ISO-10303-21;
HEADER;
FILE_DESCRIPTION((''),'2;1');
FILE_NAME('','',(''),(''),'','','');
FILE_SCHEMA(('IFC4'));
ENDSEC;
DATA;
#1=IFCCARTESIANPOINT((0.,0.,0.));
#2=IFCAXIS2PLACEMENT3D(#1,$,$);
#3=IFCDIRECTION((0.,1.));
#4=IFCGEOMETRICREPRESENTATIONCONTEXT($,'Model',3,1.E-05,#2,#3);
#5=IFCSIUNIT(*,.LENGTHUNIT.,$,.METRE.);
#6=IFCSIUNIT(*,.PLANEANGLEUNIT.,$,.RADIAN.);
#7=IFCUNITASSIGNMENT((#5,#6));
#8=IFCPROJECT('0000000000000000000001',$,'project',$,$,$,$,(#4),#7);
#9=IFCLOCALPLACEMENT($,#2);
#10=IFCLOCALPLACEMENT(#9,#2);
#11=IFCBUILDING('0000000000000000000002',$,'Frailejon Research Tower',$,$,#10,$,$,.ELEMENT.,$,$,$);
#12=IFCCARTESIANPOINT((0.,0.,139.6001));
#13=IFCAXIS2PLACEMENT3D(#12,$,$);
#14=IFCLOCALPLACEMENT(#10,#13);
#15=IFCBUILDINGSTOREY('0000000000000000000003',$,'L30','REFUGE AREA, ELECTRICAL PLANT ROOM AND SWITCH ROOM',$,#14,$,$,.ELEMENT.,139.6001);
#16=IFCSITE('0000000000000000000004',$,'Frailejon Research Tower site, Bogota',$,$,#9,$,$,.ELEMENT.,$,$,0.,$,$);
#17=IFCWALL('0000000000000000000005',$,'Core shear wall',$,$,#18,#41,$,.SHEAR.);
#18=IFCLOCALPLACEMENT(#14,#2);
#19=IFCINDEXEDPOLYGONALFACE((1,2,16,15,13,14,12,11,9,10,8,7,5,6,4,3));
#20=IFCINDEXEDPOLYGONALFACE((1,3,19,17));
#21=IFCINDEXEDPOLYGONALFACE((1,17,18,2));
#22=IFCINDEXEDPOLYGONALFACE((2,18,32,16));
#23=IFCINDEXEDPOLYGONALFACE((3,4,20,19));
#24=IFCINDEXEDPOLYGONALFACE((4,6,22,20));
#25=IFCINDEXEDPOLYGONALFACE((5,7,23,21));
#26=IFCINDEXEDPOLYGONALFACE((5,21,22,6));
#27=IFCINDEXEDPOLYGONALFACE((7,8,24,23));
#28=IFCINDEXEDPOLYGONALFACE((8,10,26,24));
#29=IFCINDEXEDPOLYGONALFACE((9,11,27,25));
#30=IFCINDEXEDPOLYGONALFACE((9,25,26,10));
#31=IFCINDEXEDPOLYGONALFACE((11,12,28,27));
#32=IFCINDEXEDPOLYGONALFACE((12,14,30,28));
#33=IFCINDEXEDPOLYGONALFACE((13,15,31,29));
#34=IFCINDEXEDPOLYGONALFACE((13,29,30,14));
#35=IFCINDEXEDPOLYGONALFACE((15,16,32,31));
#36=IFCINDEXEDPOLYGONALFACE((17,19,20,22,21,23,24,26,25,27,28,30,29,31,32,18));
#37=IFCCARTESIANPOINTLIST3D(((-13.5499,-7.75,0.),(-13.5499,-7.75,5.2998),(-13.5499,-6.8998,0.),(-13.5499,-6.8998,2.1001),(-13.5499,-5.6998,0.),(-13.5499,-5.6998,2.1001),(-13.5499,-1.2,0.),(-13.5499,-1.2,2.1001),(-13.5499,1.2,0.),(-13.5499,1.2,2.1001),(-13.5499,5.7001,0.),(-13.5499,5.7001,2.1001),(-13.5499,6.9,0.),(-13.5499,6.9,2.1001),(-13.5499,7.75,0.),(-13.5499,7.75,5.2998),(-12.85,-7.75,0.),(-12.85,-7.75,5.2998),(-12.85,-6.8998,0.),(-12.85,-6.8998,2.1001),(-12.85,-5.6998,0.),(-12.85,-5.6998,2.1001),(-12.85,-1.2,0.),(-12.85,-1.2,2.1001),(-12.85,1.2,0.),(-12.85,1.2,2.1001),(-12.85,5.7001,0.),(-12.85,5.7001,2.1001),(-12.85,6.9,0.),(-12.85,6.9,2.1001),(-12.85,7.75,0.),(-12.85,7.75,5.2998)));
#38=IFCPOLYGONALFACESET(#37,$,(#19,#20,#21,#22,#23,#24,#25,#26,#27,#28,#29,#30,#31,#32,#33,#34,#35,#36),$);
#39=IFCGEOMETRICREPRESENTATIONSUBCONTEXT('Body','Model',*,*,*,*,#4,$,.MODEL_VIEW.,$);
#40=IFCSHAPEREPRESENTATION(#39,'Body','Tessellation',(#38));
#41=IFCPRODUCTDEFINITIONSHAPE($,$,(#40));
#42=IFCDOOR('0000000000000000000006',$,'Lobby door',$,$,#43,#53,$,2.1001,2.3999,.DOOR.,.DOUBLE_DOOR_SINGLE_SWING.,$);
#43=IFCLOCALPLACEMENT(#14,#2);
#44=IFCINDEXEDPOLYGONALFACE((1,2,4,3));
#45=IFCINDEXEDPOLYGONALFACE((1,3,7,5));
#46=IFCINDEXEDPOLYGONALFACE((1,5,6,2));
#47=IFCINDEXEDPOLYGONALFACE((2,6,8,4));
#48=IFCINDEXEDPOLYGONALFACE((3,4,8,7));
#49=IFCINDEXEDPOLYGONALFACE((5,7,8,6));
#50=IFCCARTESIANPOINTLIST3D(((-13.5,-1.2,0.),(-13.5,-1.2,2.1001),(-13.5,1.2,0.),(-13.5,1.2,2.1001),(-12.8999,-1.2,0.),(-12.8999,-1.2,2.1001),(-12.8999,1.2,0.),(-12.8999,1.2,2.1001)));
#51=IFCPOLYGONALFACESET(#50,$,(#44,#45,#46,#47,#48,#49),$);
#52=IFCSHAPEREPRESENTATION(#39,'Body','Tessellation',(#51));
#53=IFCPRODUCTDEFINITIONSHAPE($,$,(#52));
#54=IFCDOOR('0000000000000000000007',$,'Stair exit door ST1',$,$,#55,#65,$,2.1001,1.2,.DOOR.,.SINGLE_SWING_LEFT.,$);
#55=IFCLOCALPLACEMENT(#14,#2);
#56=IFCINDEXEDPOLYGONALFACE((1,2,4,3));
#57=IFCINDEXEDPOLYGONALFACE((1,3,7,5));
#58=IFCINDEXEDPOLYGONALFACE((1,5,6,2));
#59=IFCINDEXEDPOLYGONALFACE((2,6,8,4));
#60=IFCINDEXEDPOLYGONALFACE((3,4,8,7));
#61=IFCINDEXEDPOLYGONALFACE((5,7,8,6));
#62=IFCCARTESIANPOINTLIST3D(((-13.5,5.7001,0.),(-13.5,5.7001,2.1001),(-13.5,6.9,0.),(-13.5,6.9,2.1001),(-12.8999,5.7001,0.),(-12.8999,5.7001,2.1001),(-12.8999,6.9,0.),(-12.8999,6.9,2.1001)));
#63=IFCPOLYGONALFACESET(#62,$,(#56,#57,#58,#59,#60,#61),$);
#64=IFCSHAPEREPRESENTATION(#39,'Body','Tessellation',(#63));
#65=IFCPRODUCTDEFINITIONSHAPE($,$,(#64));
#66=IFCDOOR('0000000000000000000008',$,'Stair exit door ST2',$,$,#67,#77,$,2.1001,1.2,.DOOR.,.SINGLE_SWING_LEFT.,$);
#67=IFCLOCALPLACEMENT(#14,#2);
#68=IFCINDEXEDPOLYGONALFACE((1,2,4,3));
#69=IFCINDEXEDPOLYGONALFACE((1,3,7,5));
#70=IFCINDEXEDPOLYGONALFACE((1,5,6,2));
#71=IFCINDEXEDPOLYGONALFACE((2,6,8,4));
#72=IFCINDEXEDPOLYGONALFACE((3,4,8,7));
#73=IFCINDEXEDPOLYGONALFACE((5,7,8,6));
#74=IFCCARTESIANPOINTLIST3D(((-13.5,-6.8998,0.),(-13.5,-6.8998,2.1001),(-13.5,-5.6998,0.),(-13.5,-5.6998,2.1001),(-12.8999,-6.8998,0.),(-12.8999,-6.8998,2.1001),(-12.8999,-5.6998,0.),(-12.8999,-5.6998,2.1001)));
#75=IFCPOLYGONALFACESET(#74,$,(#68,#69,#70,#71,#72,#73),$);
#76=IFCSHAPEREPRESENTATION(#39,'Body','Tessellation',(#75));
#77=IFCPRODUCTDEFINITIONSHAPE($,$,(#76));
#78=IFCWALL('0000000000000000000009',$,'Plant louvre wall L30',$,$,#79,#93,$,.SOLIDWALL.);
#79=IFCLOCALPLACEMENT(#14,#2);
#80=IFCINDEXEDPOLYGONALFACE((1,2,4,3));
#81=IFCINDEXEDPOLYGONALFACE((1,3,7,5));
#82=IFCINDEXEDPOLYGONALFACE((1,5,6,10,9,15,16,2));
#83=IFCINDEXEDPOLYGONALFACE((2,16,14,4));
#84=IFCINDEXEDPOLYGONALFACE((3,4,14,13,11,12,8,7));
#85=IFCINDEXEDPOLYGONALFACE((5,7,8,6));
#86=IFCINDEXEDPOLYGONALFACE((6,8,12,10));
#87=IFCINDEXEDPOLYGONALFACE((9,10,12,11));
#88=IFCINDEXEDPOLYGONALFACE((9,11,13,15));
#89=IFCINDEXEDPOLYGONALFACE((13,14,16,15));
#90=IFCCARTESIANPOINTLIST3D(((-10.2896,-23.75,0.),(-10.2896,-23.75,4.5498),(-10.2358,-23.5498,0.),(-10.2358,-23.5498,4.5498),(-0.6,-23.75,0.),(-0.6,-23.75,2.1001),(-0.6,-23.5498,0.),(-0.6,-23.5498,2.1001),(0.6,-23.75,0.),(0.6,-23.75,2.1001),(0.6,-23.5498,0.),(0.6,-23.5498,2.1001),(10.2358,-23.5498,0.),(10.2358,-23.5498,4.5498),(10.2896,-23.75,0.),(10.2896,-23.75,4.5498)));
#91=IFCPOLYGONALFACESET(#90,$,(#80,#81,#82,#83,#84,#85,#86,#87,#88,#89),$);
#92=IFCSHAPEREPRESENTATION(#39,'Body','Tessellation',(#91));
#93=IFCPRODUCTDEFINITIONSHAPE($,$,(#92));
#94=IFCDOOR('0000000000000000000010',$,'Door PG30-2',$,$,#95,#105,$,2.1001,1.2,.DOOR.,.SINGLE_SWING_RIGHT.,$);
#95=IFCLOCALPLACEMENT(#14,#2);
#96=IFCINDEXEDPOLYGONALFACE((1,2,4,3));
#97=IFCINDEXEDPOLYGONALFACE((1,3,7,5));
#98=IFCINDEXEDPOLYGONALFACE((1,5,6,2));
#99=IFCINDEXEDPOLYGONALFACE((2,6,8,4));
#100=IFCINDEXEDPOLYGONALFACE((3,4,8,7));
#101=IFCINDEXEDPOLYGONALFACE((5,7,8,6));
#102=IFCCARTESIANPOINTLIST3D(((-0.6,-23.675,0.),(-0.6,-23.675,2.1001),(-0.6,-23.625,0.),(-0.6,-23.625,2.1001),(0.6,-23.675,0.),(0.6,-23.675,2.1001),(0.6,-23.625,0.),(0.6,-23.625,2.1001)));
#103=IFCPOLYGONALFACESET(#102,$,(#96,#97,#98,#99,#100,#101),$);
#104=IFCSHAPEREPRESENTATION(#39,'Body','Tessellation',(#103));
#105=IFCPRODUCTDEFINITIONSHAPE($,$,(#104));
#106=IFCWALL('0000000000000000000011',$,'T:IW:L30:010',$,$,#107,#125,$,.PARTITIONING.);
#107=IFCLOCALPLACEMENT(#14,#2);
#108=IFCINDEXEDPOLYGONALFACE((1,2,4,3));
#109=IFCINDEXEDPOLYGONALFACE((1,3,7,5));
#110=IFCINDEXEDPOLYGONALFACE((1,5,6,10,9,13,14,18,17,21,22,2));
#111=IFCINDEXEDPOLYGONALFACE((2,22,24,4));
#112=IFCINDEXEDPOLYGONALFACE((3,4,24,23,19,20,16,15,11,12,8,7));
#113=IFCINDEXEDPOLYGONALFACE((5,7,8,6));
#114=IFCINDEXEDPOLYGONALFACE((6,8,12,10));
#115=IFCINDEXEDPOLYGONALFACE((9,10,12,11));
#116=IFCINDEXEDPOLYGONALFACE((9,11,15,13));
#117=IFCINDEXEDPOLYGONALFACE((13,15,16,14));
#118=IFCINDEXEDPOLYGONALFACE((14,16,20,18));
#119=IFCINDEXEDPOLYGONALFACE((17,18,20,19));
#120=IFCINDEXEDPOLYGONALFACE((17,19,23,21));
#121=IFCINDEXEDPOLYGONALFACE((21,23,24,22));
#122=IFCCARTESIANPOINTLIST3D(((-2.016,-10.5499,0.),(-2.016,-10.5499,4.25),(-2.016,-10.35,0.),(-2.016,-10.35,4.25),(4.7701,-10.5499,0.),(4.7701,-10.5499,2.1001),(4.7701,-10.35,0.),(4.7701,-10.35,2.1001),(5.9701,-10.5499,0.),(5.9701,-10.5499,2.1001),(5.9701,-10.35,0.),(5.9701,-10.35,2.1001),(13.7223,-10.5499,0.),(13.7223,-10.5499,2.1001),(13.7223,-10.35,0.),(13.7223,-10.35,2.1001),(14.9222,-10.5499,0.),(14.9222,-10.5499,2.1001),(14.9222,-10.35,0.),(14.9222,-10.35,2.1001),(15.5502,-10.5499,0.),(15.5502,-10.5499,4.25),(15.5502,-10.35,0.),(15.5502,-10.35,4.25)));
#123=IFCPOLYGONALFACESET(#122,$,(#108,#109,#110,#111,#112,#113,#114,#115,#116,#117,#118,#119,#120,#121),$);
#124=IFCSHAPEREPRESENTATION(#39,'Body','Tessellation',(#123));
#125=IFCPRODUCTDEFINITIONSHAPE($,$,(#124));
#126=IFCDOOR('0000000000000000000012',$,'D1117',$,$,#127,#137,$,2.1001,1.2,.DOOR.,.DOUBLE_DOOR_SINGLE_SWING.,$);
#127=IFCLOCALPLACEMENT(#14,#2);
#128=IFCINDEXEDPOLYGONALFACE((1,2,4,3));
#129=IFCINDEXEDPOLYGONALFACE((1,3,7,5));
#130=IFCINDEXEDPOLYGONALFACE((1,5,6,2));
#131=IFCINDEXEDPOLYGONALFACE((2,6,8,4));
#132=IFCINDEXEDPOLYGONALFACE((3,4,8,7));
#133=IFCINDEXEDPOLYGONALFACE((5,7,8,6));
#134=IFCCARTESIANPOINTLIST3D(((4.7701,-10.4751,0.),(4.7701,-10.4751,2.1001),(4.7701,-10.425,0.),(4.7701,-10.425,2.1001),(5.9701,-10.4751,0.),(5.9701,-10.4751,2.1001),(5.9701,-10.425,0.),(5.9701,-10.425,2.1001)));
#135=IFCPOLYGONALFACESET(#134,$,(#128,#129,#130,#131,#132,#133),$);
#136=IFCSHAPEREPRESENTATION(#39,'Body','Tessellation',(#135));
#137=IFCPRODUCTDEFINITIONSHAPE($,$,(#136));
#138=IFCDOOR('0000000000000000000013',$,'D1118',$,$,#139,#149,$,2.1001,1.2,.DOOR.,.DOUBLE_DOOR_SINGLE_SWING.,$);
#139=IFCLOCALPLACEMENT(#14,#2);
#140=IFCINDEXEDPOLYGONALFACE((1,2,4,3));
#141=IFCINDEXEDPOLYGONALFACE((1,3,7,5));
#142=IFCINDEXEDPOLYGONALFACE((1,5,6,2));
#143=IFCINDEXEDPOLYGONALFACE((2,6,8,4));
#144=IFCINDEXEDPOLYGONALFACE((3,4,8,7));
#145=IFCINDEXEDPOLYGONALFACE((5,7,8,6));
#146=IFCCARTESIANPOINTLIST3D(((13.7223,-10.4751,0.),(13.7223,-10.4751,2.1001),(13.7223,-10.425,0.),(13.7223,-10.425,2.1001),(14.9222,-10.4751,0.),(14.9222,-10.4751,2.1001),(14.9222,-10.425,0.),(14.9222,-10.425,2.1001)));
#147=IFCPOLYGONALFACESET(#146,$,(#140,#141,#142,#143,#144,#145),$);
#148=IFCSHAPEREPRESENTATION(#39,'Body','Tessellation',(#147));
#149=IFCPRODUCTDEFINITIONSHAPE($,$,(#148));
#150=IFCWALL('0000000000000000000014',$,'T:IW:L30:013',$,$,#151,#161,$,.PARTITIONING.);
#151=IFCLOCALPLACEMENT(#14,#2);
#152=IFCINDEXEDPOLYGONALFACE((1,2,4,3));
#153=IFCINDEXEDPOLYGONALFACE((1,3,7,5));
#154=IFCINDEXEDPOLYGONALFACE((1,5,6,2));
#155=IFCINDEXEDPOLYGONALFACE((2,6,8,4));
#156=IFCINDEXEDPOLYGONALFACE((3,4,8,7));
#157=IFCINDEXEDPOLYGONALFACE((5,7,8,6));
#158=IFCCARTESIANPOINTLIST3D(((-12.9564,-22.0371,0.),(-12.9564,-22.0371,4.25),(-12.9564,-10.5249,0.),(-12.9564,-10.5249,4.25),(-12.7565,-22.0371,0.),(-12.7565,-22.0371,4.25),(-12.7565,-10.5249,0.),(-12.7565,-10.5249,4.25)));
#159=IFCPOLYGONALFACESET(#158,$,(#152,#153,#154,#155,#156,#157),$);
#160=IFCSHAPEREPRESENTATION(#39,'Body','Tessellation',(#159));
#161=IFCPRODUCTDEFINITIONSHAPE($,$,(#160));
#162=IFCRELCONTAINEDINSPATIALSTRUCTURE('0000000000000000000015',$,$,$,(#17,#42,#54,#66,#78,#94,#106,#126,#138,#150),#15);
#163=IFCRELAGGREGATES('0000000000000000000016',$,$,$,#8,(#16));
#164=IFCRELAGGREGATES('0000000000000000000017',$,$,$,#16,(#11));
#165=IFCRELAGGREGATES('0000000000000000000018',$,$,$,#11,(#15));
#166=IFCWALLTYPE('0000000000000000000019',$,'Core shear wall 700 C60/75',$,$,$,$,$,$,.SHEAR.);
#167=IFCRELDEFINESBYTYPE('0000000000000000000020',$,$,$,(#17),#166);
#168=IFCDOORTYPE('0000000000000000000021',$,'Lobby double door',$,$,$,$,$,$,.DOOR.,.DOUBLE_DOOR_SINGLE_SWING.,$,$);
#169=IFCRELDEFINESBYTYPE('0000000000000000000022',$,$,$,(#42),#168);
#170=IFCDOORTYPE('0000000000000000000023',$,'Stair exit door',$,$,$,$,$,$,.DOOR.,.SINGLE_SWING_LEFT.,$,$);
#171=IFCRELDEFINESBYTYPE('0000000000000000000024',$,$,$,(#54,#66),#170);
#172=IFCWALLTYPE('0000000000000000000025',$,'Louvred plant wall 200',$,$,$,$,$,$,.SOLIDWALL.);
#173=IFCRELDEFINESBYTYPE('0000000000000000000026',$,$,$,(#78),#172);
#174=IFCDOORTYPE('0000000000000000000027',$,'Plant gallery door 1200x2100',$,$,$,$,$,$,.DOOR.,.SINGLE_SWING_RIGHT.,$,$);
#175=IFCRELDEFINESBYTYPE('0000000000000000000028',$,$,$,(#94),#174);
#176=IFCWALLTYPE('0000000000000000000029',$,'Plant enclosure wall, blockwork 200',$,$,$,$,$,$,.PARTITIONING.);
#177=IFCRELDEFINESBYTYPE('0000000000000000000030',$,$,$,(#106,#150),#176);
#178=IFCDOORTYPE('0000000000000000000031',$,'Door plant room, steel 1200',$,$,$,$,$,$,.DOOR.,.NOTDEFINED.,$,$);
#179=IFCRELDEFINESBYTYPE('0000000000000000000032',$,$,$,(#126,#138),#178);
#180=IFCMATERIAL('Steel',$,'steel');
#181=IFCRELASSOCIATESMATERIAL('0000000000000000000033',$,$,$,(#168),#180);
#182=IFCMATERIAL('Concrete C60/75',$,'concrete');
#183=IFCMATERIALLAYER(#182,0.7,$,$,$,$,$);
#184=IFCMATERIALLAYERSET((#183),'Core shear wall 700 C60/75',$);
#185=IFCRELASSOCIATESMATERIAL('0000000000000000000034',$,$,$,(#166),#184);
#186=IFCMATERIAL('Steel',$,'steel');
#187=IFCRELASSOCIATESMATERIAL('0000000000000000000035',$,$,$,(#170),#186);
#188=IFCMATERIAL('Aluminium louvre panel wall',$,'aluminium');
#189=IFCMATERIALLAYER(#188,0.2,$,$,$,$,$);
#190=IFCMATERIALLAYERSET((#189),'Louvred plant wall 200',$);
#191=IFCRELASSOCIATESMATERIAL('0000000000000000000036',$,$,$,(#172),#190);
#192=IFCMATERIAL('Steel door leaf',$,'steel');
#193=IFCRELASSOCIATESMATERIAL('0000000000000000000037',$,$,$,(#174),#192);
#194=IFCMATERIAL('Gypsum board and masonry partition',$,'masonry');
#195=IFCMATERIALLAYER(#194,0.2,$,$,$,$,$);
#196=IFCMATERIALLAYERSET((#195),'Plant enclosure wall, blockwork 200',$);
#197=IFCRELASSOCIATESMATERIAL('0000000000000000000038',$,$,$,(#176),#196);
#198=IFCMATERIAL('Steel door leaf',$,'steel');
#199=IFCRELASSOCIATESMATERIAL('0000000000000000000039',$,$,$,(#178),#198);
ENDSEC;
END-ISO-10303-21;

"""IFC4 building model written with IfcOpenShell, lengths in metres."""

from ifc_helpers import new_model, si_unit, direction, frame, frame_2d, origin, place, context, subcontext, project, spatial, polyline, rectangle, outline, extrude, material, layer, layer_set, type_object, element, fill, save


model = new_model("IFC4")

# Units and contexts
model_context = context("Model", 3, precision=1e-05, world=origin(), true_north=direction((0.0, 1.0)))
body_context = subcontext(model_context, "Body", "Model", "MODEL_VIEW")
ifc_project = project(units=[si_unit("LENGTHUNIT", "METRE"), si_unit("PLANEANGLEUNIT", "RADIAN")], contexts=[model_context])

# Site, building, storey
site_placement = place(None, origin())
site = spatial("IfcSite", under=ifc_project, at=site_placement, Name="Frailejon Research Tower site, Bogota", CompositionType="ELEMENT", RefElevation=0.0)
building_placement = place(site_placement, origin())
building = spatial("IfcBuilding", under=site, at=building_placement, Name="Frailejon Research Tower", CompositionType="ELEMENT")
storey_placement = place(building_placement, frame((0.0, 0.0, 139.6001)))
storey = spatial("IfcBuildingStorey", under=building, at=storey_placement, Name="L30", Description="REFUGE AREA, ELECTRICAL PLANT ROOM AND SWITCH ROOM", CompositionType="ELEMENT", Elevation=139.6001)

# Shared definitions
ifc_material_1 = material(Name="Steel", Category="steel")
door_type_1 = type_object("IfcDoorType", Name="Lobby double door", OperationType="DOUBLE_DOOR_SINGLE_SWING", PredefinedType="DOOR", material=ifc_material_1)

# Shared definitions
ifc_material_2 = material(Name="Concrete C60/75", Category="concrete")
ifc_layer_1 = layer(ifc_material_2, 0.7)
ifc_layer_set_1 = layer_set([ifc_layer_1], Name="Core shear wall 700 C60/75")
wall_type_1 = type_object("IfcWallType", Name="Core shear wall 700 C60/75", PredefinedType="SHEAR", material=ifc_layer_set_1)

# Wall, openings, doors
wall_1_placement = place(storey_placement, frame((-13.2, -7.75, 0.0), z_axis=(0.0, 0.0, 1.0), x_axis=(0.0, 1.0, 0.0)))
wall_1 = element("IfcWall", 1, at=wall_1_placement, inside=storey, type_object=wall_type_1, Name="Core shear wall", PredefinedType="SHEAR", context=body_context, shape_type="SweptSolid", body=[
    extrude(rectangle(XDim=15.5, YDim=0.7, at=frame_2d((7.75, 0.0))), origin(), (0.0, 0.0, 1.0), 5.2998),
])
opening_1_placement = place(wall_1_placement, frame((6.55, 0.0, 0.0)))
opening_1 = element("IfcOpeningElement", 2, at=opening_1_placement, cuts=wall_1, PredefinedType="OPENING", context=body_context, shape_type="SweptSolid", body=[
    extrude(rectangle(XDim=2.3999, YDim=2.1001, at=frame_2d((1.2, 1.05))), frame((0.0, 0.3599, 0.0), z_axis=(0.0, -1.0, 0.0), x_axis=(1.0, 0.0, 0.0)), (0.0, 0.0, 1.0), 0.72),
])
opening_2_placement = place(wall_1_placement, frame((13.45, 0.0, 0.0)))
opening_2 = element("IfcOpeningElement", 3, at=opening_2_placement, cuts=wall_1, PredefinedType="OPENING", context=body_context, shape_type="SweptSolid", body=[
    extrude(rectangle(XDim=1.2, YDim=2.1001, at=frame_2d((0.6001, 1.05))), frame((0.0, 0.3599, 0.0), z_axis=(0.0, -1.0, 0.0), x_axis=(1.0, 0.0, 0.0)), (0.0, 0.0, 1.0), 0.72),
])
opening_3_placement = place(wall_1_placement, frame((0.8501, 0.0, 0.0)))
opening_3 = element("IfcOpeningElement", 4, at=opening_3_placement, cuts=wall_1, PredefinedType="OPENING", context=body_context, shape_type="SweptSolid", body=[
    extrude(rectangle(XDim=1.2, YDim=2.1001, at=frame_2d((0.6001, 1.05))), frame((0.0, 0.3599, 0.0), z_axis=(0.0, -1.0, 0.0), x_axis=(1.0, 0.0, 0.0)), (0.0, 0.0, 1.0), 0.72),
])
door_1_placement = place(opening_1_placement, origin())
door_1 = element("IfcDoor", 5, at=door_1_placement, inside=storey, type_object=door_type_1, Name="Lobby door", OperationType="DOUBLE_DOOR_SINGLE_SWING", OverallHeight=2.1001, OverallWidth=2.3999, PredefinedType="DOOR", context=body_context, shape_type="SweptSolid", body=[
    extrude(rectangle(XDim=2.3999, YDim=2.1001, at=frame_2d((1.2, 1.05))), frame((0.0, 0.3, 0.0), z_axis=(0.0, -1.0, 0.0), x_axis=(1.0, 0.0, 0.0)), (0.0, 0.0, 1.0), 0.6001),
])
fill(opening_1, door_1)
ifc_material_3 = material(Name="Steel", Category="steel")
door_type_2 = type_object("IfcDoorType", Name="Stair exit door", OperationType="SINGLE_SWING_LEFT", PredefinedType="DOOR", material=ifc_material_3)
door_2_placement = place(opening_2_placement, origin())
door_2 = element("IfcDoor", 6, at=door_2_placement, inside=storey, type_object=door_type_2, Name="Stair exit door ST1", OperationType="SINGLE_SWING_LEFT", OverallHeight=2.1001, OverallWidth=1.2, PredefinedType="DOOR", context=body_context, shape_type="SweptSolid", body=[
    extrude(rectangle(XDim=1.2, YDim=2.1001, at=frame_2d((0.6001, 1.05))), frame((0.0, 0.3, 0.0), z_axis=(0.0, -1.0, 0.0), x_axis=(1.0, 0.0, 0.0)), (0.0, 0.0, 1.0), 0.6001),
])
fill(opening_2, door_2)
door_3_placement = place(opening_3_placement, origin())
door_3 = element("IfcDoor", 7, at=door_3_placement, inside=storey, type_object=door_type_2, Name="Stair exit door ST2", OperationType="SINGLE_SWING_LEFT", OverallHeight=2.1001, OverallWidth=1.2, PredefinedType="DOOR", context=body_context, shape_type="SweptSolid", body=[
    extrude(rectangle(XDim=1.2, YDim=2.1001, at=frame_2d((0.6001, 1.05))), frame((0.0, 0.3, 0.0), z_axis=(0.0, -1.0, 0.0), x_axis=(1.0, 0.0, 0.0)), (0.0, 0.0, 1.0), 0.6001),
])
fill(opening_3, door_3)

# Wall, opening, door
ifc_material_4 = material(Name="Aluminium louvre panel wall", Category="aluminium")
ifc_layer_2 = layer(ifc_material_4, 0.2)
ifc_layer_set_2 = layer_set([ifc_layer_2], Name="Louvred plant wall 200")
wall_type_2 = type_object("IfcWallType", Name="Louvred plant wall 200", PredefinedType="SOLIDWALL", material=ifc_layer_set_2)
wall_2_placement = place(storey_placement, frame((-10.2627, -23.6499, 0.0), z_axis=(0.0, 0.0, 1.0), x_axis=(1.0, 0.0, 0.0)))
wall_2 = element("IfcWall", 8, at=wall_2_placement, inside=storey, type_object=wall_type_2, Name="Plant louvre wall L30", PredefinedType="SOLIDWALL", context=body_context, shape_type="SweptSolid", body=[
    extrude(outline(polyline([(-0.0269, -0.1001), (20.5522, -0.1001), (20.4985, 0.1001), (0.0269, 0.1001), (-0.0269, -0.1001)])), origin(), (0.0, 0.0, 1.0), 4.5498),
])
opening_4_placement = place(wall_2_placement, frame((9.6626, 0.0, 0.0)))
opening_4 = element("IfcOpeningElement", 9, at=opening_4_placement, cuts=wall_2, PredefinedType="OPENING", context=body_context, shape_type="SweptSolid", body=[
    extrude(rectangle(XDim=1.2, YDim=2.1001, at=frame_2d((0.6001, 1.05))), frame((0.0, 0.1099, 0.0), z_axis=(0.0, -1.0, 0.0), x_axis=(1.0, 0.0, 0.0)), (0.0, 0.0, 1.0), 0.22),
])
ifc_material_5 = material(Name="Steel door leaf", Category="steel")
door_type_3 = type_object("IfcDoorType", Name="Plant gallery door 1200x2100", OperationType="SINGLE_SWING_RIGHT", PredefinedType="DOOR", material=ifc_material_5)
door_4_placement = place(opening_4_placement, origin())
door_4 = element("IfcDoor", 10, at=door_4_placement, inside=storey, type_object=door_type_3, Name="Door PG30-2", OperationType="SINGLE_SWING_RIGHT", OverallHeight=2.1001, OverallWidth=1.2, PredefinedType="DOOR", context=body_context, shape_type="SweptSolid", body=[
    extrude(rectangle(XDim=1.2, YDim=2.1001, at=frame_2d((0.6001, 1.05))), frame((0.0, 0.0249, 0.0), z_axis=(0.0, -1.0, 0.0), x_axis=(1.0, 0.0, 0.0)), (0.0, 0.0, 1.0), 0.05),
])
fill(opening_4, door_4)

# Wall, openings, doors
ifc_material_6 = material(Name="Gypsum board and masonry partition", Category="masonry")
ifc_layer_3 = layer(ifc_material_6, 0.2)
ifc_layer_set_3 = layer_set([ifc_layer_3], Name="Plant enclosure wall, blockwork 200")
wall_type_3 = type_object("IfcWallType", Name="Plant enclosure wall, blockwork 200", PredefinedType="PARTITIONING", material=ifc_layer_set_3)
wall_3_placement = place(storey_placement, frame((-2.0161, -10.45, 0.0), z_axis=(0.0, 0.0, 1.0), x_axis=(1.0, 0.0, 0.0)))
wall_3 = element("IfcWall", 11, at=wall_3_placement, inside=storey, type_object=wall_type_3, Name="T:IW:L30:010", PredefinedType="PARTITIONING", context=body_context, shape_type="SweptSolid", body=[
    extrude(rectangle(XDim=17.5662, YDim=0.2, at=frame_2d((8.7832, 0.0))), origin(), (0.0, 0.0, 1.0), 4.25),
])
opening_5_placement = place(wall_3_placement, frame((6.7861, 0.0, 0.0)))
opening_5 = element("IfcOpeningElement", 12, at=opening_5_placement, cuts=wall_3, PredefinedType="OPENING", context=body_context, shape_type="SweptSolid", body=[
    extrude(rectangle(XDim=1.2, YDim=2.1001, at=frame_2d((0.6001, 1.05))), frame((0.0, 0.1099, 0.0), z_axis=(0.0, -1.0, 0.0), x_axis=(1.0, 0.0, 0.0)), (0.0, 0.0, 1.0), 0.22),
])
opening_6_placement = place(wall_3_placement, frame((15.7383, 0.0, 0.0)))
opening_6 = element("IfcOpeningElement", 13, at=opening_6_placement, cuts=wall_3, PredefinedType="OPENING", context=body_context, shape_type="SweptSolid", body=[
    extrude(rectangle(XDim=1.2, YDim=2.1001, at=frame_2d((0.6001, 1.05))), frame((0.0, 0.1099, 0.0), z_axis=(0.0, -1.0, 0.0), x_axis=(1.0, 0.0, 0.0)), (0.0, 0.0, 1.0), 0.22),
])
ifc_material_7 = material(Name="Steel door leaf", Category="steel")
door_type_4 = type_object("IfcDoorType", Name="Door plant room, steel 1200", OperationType="NOTDEFINED", PredefinedType="DOOR", material=ifc_material_7)
door_5_placement = place(opening_5_placement, origin())
door_5 = element("IfcDoor", 14, at=door_5_placement, inside=storey, type_object=door_type_4, Name="D1117", OperationType="DOUBLE_DOOR_SINGLE_SWING", OverallHeight=2.1001, OverallWidth=1.2, PredefinedType="DOOR", context=body_context, shape_type="SweptSolid", body=[
    extrude(rectangle(XDim=1.2, YDim=2.1001, at=frame_2d((0.6001, 1.05))), frame((0.0, 0.0249, 0.0), z_axis=(0.0, -1.0, 0.0), x_axis=(1.0, 0.0, 0.0)), (0.0, 0.0, 1.0), 0.05),
])
fill(opening_5, door_5)
door_6_placement = place(opening_6_placement, origin())
door_6 = element("IfcDoor", 15, at=door_6_placement, inside=storey, type_object=door_type_4, Name="D1118", OperationType="DOUBLE_DOOR_SINGLE_SWING", OverallHeight=2.1001, OverallWidth=1.2, PredefinedType="DOOR", context=body_context, shape_type="SweptSolid", body=[
    extrude(rectangle(XDim=1.2, YDim=2.1001, at=frame_2d((0.6001, 1.05))), frame((0.0, 0.0249, 0.0), z_axis=(0.0, -1.0, 0.0), x_axis=(1.0, 0.0, 0.0)), (0.0, 0.0, 1.0), 0.05),
])
fill(opening_6, door_6)

# Wall
wall_4_placement = place(storey_placement, frame((-12.8564, -22.0371, 0.0), z_axis=(0.0, 0.0, 1.0), x_axis=(0.0, 1.0, 0.0)))
element("IfcWall", 16, at=wall_4_placement, inside=storey, type_object=wall_type_3, Name="T:IW:L30:013", PredefinedType="PARTITIONING", context=body_context, shape_type="SweptSolid", body=[
    extrude(rectangle(XDim=11.5122, YDim=0.2, at=frame_2d((5.7561, 0.0))), origin(), (0.0, 0.0, 1.0), 4.25),
])

save(model, "model.ifc")
